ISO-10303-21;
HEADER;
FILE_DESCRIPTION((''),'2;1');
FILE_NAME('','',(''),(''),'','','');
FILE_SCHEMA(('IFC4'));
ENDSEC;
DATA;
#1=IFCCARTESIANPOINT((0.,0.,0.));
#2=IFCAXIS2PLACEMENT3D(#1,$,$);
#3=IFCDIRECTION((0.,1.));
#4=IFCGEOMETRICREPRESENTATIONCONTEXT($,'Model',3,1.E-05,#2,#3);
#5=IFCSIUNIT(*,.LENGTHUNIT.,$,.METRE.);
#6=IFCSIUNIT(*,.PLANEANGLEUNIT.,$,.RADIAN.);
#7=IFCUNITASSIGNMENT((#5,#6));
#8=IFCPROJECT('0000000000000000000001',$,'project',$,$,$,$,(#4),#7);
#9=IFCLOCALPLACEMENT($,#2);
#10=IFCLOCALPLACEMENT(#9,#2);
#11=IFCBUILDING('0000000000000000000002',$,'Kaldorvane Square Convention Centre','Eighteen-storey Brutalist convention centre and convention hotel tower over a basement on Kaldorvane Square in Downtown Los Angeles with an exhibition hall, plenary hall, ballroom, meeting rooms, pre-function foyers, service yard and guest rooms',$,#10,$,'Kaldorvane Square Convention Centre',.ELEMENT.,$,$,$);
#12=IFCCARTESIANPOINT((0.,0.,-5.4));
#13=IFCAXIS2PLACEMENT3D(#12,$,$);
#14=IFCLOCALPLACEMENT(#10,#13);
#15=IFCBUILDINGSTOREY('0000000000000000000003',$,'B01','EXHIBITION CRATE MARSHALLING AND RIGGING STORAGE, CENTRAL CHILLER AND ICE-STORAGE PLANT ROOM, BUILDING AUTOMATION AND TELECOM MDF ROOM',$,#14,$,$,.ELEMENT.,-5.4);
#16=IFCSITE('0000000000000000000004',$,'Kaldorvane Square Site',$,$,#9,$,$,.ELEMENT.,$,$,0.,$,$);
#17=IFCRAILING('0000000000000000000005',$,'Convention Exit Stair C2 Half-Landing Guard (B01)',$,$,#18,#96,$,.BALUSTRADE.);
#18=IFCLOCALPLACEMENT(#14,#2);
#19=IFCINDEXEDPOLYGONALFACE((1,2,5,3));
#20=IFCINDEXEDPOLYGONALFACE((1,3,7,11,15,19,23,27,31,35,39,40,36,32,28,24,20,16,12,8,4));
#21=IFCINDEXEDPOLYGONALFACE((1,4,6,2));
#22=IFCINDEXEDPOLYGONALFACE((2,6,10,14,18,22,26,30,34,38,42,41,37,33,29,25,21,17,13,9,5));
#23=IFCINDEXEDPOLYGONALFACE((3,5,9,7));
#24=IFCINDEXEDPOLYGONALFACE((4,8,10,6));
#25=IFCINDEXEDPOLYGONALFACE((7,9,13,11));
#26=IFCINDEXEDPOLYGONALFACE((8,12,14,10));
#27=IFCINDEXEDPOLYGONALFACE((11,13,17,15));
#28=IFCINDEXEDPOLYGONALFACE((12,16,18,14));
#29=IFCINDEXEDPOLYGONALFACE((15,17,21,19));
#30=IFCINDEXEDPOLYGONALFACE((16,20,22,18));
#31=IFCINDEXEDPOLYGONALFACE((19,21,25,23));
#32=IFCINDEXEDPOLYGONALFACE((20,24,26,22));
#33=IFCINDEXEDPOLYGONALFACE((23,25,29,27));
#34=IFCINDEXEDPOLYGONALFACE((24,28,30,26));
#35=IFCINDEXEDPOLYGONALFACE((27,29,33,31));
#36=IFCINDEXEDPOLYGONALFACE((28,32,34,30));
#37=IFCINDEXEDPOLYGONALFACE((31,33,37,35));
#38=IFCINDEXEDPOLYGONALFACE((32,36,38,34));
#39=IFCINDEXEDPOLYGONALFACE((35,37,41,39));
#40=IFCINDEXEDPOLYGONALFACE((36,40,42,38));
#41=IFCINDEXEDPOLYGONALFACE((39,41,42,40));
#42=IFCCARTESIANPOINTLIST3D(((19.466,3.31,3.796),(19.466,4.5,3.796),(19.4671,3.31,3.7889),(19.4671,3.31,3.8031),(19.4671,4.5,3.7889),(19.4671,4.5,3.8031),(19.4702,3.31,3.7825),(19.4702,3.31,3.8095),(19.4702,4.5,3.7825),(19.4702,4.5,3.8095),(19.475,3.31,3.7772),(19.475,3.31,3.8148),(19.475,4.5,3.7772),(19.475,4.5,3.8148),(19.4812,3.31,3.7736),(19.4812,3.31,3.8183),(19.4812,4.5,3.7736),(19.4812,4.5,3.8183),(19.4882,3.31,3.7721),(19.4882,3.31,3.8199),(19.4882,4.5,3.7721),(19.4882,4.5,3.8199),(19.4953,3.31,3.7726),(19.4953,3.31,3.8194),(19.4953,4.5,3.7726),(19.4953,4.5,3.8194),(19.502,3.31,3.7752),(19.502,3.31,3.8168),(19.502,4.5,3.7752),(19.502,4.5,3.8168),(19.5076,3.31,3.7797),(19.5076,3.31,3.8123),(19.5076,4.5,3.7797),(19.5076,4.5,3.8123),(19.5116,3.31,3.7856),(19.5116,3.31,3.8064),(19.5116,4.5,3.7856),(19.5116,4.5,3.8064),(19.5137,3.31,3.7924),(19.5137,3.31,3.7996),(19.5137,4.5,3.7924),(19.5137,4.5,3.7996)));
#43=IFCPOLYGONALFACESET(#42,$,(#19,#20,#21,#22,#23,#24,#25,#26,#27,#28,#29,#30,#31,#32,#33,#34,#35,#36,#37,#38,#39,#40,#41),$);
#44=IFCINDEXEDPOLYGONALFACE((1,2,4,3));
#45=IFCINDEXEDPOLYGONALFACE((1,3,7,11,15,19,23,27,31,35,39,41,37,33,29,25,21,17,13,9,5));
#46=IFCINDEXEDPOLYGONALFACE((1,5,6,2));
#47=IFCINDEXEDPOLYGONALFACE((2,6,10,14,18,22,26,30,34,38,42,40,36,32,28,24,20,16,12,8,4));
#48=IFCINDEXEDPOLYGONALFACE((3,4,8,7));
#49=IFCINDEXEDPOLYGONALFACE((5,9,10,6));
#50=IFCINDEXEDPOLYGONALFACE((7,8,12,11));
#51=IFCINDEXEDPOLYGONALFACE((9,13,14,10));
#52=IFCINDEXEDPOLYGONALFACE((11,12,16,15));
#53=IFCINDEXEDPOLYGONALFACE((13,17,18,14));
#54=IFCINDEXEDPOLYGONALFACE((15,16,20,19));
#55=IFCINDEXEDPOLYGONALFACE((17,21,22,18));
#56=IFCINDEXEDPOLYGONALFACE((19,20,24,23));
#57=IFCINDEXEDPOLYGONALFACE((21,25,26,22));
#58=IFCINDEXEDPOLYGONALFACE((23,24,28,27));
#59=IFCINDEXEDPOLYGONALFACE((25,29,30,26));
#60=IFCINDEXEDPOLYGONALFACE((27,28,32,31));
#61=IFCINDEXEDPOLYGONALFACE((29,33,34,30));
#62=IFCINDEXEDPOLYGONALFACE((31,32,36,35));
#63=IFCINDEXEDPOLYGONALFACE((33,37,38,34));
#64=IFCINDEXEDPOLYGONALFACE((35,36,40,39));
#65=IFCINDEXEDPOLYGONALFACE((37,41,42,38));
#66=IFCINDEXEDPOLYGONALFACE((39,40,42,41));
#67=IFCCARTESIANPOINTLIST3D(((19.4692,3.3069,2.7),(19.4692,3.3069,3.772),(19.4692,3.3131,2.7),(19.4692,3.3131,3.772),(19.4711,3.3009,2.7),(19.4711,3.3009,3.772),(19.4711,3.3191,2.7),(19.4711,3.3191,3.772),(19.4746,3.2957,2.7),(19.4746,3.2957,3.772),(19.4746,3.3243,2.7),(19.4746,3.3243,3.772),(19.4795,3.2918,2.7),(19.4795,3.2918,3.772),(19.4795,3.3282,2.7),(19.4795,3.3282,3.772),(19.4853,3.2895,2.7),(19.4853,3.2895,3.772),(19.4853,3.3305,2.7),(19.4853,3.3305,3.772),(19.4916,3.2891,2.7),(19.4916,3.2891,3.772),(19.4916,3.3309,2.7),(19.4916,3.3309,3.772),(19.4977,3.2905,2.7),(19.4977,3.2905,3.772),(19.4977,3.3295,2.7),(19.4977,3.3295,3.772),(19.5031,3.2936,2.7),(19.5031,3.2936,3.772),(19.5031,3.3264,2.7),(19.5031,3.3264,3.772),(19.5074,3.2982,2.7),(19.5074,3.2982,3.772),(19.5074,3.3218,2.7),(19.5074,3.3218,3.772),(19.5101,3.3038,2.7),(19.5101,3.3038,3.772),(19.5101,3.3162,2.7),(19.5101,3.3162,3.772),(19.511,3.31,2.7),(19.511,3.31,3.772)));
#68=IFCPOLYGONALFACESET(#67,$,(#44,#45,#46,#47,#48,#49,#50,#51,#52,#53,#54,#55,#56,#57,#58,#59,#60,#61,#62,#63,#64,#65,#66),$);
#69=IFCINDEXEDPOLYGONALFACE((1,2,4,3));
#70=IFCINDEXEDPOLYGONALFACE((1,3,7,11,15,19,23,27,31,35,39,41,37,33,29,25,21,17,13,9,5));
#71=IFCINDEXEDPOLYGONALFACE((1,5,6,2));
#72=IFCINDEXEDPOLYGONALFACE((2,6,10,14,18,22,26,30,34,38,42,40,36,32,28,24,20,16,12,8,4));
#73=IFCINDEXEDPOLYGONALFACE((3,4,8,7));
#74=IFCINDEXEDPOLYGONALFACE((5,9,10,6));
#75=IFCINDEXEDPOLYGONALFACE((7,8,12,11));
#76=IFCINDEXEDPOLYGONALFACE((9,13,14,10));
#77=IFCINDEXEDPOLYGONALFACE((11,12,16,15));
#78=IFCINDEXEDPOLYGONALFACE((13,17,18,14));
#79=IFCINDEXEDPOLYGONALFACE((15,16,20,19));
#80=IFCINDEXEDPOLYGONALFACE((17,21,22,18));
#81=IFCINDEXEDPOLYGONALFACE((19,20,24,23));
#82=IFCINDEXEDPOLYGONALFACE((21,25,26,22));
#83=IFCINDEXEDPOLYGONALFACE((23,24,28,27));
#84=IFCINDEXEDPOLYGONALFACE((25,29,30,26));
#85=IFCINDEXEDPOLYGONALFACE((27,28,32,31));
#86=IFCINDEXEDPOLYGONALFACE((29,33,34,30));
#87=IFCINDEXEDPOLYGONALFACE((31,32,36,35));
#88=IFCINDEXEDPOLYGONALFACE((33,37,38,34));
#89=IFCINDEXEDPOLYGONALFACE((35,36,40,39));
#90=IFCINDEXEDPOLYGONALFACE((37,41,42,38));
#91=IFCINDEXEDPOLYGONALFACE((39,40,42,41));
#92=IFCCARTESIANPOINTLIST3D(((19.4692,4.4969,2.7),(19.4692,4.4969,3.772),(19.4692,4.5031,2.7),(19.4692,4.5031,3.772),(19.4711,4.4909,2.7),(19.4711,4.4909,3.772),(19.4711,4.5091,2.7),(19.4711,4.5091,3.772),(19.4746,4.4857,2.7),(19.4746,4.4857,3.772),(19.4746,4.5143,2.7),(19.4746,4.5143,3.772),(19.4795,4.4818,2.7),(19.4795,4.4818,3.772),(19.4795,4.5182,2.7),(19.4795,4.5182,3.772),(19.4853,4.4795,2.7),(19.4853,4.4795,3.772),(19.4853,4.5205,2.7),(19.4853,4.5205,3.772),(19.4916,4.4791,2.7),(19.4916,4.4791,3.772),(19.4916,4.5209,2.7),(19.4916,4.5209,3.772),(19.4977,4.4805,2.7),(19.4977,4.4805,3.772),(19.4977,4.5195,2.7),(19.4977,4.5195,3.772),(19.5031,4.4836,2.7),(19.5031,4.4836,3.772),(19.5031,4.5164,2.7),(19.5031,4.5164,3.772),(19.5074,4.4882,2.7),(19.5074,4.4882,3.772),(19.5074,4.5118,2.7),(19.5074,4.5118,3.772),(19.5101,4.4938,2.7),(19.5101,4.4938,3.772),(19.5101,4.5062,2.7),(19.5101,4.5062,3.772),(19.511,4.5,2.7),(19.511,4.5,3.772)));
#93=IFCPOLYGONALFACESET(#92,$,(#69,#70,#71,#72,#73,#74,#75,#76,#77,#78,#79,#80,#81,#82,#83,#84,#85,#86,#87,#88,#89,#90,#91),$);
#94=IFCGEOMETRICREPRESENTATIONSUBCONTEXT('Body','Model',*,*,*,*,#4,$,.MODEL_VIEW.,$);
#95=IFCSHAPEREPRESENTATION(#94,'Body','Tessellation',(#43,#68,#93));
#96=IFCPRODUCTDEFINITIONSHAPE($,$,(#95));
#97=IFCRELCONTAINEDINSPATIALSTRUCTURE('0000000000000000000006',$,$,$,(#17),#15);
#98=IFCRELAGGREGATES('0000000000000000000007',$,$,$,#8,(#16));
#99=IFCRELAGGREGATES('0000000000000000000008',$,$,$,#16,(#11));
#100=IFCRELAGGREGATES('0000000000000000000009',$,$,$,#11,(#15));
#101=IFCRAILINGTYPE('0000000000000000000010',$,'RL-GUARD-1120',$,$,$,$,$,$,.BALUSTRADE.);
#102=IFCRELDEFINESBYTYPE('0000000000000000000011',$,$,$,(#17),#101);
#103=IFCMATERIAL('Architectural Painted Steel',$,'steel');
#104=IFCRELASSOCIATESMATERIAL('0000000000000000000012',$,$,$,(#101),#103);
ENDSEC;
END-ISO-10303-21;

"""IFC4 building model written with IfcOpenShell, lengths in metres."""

from ifc_helpers import new_model, si_unit, direction, frame, origin, origin_2d, place, context, subcontext, project, spatial, circle, extrude, material, type_object, element, save


model = new_model("IFC4")

# Units and contexts
model_context = context("Model", 3, precision=1e-05, world=origin(), true_north=direction((0.0, 1.0)))
body_context = subcontext(model_context, "Body", "Model", "MODEL_VIEW")
ifc_project = project(units=[si_unit("LENGTHUNIT", "METRE"), si_unit("PLANEANGLEUNIT", "RADIAN")], contexts=[model_context])

# Site, building, storey
site_placement = place(None, origin())
site = spatial("IfcSite", under=ifc_project, at=site_placement, Name="Kaldorvane Square Site", CompositionType="ELEMENT", RefElevation=0.0)
building_placement = place(site_placement, origin())
building = spatial("IfcBuilding", under=site, at=building_placement, Name="Kaldorvane Square Convention Centre", Description="Eighteen-storey Brutalist convention centre and convention hotel tower over a basement on Kaldorvane Square in Downtown Los Angeles with an exhibition hall, plenary hall, ballroom, meeting rooms, pre-function foyers, service yard and guest rooms", LongName="Kaldorvane Square Convention Centre", CompositionType="ELEMENT")
storey_placement = place(building_placement, frame((0.0, 0.0, -5.4)))
storey = spatial("IfcBuildingStorey", under=building, at=storey_placement, Name="B01", Description="EXHIBITION CRATE MARSHALLING AND RIGGING STORAGE, CENTRAL CHILLER AND ICE-STORAGE PLANT ROOM, BUILDING AUTOMATION AND TELECOM MDF ROOM", CompositionType="ELEMENT", Elevation=-5.4)

# Railing
ifc_material_1 = material(Name="Architectural Painted Steel", Category="steel")
railing_type_1 = type_object("IfcRailingType", Name="RL-GUARD-1120", PredefinedType="BALUSTRADE", material=ifc_material_1)
railing_1_placement = place(storey_placement, frame((19.49, 3.31, 2.7)))
element("IfcRailing", 1, at=railing_1_placement, inside=storey, type_object=railing_type_1, Name="Convention Exit Stair C2 Half-Landing Guard (B01)", PredefinedType="BALUSTRADE", context=body_context, shape_type="SweptSolid", body=[
    extrude(circle(Radius=0.024, at=origin_2d()), frame((0.0, 0.0, 1.096), z_axis=(0.0, 1.0, 0.0), x_axis=(-1.0, 0.0, 0.0)), (0.0, 0.0, 1.0), 1.19),
    extrude(circle(Radius=0.021, at=origin_2d()), origin(), (0.0, 0.0, 1.0), 1.072),
    extrude(circle(Radius=0.021, at=origin_2d()), frame((0.0, 1.19, 0.0)), (0.0, 0.0, 1.0), 1.072),
])

save(model, "model.ifc")
